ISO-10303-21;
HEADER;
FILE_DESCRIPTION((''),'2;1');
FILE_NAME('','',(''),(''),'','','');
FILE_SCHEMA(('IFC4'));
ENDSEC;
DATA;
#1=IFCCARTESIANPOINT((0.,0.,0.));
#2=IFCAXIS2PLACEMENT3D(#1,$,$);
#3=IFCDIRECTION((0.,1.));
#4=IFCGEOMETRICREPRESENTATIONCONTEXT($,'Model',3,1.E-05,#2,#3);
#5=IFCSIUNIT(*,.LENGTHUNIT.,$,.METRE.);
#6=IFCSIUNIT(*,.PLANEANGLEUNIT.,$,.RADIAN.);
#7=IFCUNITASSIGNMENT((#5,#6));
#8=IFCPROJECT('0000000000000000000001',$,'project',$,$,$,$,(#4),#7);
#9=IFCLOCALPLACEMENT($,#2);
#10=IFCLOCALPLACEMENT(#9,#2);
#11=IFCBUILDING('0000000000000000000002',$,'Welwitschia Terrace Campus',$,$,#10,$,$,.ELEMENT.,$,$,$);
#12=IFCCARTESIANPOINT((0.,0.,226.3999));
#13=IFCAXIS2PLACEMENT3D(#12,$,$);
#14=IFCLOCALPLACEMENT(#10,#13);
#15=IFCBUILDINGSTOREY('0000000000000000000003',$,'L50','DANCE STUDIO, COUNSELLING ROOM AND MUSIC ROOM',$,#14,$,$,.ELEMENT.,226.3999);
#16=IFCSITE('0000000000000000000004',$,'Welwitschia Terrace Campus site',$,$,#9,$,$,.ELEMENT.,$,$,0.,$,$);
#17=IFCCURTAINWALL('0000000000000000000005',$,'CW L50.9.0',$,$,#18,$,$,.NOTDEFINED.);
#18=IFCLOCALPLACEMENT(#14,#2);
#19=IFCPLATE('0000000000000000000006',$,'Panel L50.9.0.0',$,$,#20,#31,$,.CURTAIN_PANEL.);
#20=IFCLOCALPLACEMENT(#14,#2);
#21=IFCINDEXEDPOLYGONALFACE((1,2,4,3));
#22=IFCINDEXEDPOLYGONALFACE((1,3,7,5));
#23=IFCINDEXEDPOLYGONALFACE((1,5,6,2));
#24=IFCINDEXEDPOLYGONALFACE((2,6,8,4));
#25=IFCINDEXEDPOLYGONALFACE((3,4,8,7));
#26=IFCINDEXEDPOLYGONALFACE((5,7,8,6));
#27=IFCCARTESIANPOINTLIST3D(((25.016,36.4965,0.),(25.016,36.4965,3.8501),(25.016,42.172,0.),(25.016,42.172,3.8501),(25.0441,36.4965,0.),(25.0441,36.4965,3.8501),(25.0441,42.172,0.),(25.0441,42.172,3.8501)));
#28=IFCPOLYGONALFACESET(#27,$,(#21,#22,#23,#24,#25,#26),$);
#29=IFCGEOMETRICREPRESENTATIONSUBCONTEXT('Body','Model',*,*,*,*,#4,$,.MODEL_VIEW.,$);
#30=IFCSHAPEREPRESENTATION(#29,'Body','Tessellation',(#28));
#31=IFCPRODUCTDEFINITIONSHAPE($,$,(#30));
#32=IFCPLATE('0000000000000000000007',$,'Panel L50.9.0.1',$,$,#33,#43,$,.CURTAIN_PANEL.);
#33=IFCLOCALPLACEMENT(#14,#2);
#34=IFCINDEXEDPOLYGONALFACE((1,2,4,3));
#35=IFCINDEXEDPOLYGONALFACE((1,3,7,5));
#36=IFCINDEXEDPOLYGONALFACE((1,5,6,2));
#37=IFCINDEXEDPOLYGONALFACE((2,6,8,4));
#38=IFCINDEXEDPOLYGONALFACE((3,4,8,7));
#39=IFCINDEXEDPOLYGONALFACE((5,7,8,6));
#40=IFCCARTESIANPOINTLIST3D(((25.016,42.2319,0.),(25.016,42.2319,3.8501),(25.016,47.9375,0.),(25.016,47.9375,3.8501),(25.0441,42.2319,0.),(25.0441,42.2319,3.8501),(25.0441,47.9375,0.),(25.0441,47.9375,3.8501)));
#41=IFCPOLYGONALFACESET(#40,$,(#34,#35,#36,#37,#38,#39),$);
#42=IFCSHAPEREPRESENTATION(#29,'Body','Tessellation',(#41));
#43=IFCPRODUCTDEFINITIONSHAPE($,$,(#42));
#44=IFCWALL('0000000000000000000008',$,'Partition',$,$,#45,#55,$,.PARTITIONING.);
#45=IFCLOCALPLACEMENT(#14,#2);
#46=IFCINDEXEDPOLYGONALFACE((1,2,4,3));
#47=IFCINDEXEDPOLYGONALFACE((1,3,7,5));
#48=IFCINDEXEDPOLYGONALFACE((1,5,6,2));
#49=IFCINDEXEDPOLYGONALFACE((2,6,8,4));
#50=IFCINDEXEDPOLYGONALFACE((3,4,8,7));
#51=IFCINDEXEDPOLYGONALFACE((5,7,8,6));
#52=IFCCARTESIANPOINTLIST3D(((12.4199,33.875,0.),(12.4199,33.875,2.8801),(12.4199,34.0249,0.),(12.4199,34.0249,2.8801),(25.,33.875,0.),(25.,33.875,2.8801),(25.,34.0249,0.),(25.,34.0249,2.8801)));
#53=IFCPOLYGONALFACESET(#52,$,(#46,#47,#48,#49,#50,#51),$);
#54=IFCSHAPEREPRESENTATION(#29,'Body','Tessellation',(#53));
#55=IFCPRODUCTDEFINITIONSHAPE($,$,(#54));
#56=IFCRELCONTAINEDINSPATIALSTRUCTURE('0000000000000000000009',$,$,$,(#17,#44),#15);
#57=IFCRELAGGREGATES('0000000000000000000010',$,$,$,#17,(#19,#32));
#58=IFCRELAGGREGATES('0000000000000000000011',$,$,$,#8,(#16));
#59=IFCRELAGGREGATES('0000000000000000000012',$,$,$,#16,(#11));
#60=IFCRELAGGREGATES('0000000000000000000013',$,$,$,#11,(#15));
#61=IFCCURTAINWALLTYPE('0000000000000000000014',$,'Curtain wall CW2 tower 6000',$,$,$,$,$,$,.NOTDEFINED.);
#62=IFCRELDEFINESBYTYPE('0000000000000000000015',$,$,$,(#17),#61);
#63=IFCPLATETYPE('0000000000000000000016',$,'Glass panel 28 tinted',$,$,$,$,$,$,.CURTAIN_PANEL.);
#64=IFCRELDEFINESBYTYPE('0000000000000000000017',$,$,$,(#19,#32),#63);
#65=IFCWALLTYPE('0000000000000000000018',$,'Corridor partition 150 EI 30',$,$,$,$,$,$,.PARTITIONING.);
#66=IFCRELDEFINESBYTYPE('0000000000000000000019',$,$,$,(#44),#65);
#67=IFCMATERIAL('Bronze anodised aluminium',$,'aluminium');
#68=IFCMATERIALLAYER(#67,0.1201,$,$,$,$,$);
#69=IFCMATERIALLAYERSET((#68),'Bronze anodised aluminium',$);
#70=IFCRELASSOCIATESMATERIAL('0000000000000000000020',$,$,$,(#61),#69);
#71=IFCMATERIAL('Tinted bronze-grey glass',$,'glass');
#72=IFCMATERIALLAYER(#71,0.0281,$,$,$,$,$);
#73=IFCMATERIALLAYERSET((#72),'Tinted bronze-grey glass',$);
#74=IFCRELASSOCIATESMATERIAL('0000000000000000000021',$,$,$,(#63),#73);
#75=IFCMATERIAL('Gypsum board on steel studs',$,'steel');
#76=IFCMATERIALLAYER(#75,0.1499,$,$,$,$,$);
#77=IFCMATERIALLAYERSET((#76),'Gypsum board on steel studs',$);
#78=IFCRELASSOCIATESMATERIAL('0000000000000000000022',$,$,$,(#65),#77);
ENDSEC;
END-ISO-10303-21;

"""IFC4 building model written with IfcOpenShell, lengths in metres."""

from ifc_helpers import new_model, si_unit, direction, frame, frame_2d, origin, origin_2d, place, context, subcontext, project, spatial, rectangle, extrude, material, layer, layer_set, type_object, element, aggregate, save


model = new_model("IFC4")

# Units and contexts
model_context = context("Model", 3, precision=1e-05, world=origin(), true_north=direction((0.0, 1.0)))
body_context = subcontext(model_context, "Body", "Model", "MODEL_VIEW")
ifc_project = project(units=[si_unit("LENGTHUNIT", "METRE"), si_unit("PLANEANGLEUNIT", "RADIAN")], contexts=[model_context])

# Site, building, storey
site_placement = place(None, origin())
site = spatial("IfcSite", under=ifc_project, at=site_placement, Name="Welwitschia Terrace Campus site", CompositionType="ELEMENT", RefElevation=0.0)
building_placement = place(site_placement, origin())
building = spatial("IfcBuilding", under=site, at=building_placement, Name="Welwitschia Terrace Campus", CompositionType="ELEMENT")
storey_placement = place(building_placement, frame((0.0, 0.0, 226.3999)))
storey = spatial("IfcBuildingStorey", under=building, at=storey_placement, Name="L50", Description="DANCE STUDIO, COUNSELLING ROOM AND MUSIC ROOM", CompositionType="ELEMENT", Elevation=226.3999)

# Shared definitions
ifc_material_1 = material(Name="Bronze anodised aluminium", Category="aluminium")
ifc_layer_1 = layer(ifc_material_1, 0.1201)
ifc_layer_set_1 = layer_set([ifc_layer_1], Name="Bronze anodised aluminium")
curtain_wall_type = type_object("IfcCurtainWallType", Name="Curtain wall CW2 tower 6000", PredefinedType="NOTDEFINED", material=ifc_layer_set_1)

# Curtain wall
curtain_wall_1_placement = place(storey_placement, origin())
curtain_wall_1 = element("IfcCurtainWall", 1, at=curtain_wall_1_placement, inside=storey, type_object=curtain_wall_type, Name="CW L50.9.0", PredefinedType="NOTDEFINED")

# Plates
ifc_material_2 = material(Name="Tinted bronze-grey glass", Category="glass")
ifc_layer_2 = layer(ifc_material_2, 0.0281)
ifc_layer_set_2 = layer_set([ifc_layer_2], Name="Tinted bronze-grey glass")
plate_type = type_object("IfcPlateType", Name="Glass panel 28 tinted", PredefinedType="CURTAIN_PANEL", material=ifc_layer_set_2)
plate_1_placement = place(storey_placement, frame((25.03, 39.3342, 0.0), z_axis=(0.0, 0.0, 1.0), x_axis=(0.0, 1.0, 0.0)))
plate_1 = element("IfcPlate", 2, at=plate_1_placement, type_object=plate_type, Name="Panel L50.9.0.0", PredefinedType="CURTAIN_PANEL", context=body_context, shape_type="SweptSolid", body=[
    extrude(rectangle(XDim=5.6755, YDim=0.0281, at=origin_2d()), origin(), (0.0, 0.0, 1.0), 3.8501),
])
plate_2_placement = place(storey_placement, frame((25.03, 45.0847, 0.0), z_axis=(0.0, 0.0, 1.0), x_axis=(0.0, 1.0, 0.0)))
plate_2 = element("IfcPlate", 3, at=plate_2_placement, type_object=plate_type, Name="Panel L50.9.0.1", PredefinedType="CURTAIN_PANEL", context=body_context, shape_type="SweptSolid", body=[
    extrude(rectangle(XDim=5.7056, YDim=0.0281, at=origin_2d()), origin(), (0.0, 0.0, 1.0), 3.8501),
])
aggregate(curtain_wall_1, [plate_1, plate_2])

# Wall
ifc_material_3 = material(Name="Gypsum board on steel studs", Category="steel")
ifc_layer_3 = layer(ifc_material_3, 0.1499)
ifc_layer_set_3 = layer_set([ifc_layer_3], Name="Gypsum board on steel studs")
wall_type = type_object("IfcWallType", Name="Corridor partition 150 EI 30", PredefinedType="PARTITIONING", material=ifc_layer_set_3)
wall_placement = place(storey_placement, frame((12.4199, 33.95, 0.0), z_axis=(0.0, 0.0, 1.0), x_axis=(1.0, 0.0, 0.0)))
element("IfcWall", 4, at=wall_placement, inside=storey, type_object=wall_type, Name="Partition", PredefinedType="PARTITIONING", context=body_context, shape_type="SweptSolid", body=[
    extrude(rectangle(XDim=12.5801, YDim=0.1499, at=frame_2d((6.29, 0.0))), origin(), (0.0, 0.0, 1.0), 2.8801),
])

save(model, "model.ifc")
